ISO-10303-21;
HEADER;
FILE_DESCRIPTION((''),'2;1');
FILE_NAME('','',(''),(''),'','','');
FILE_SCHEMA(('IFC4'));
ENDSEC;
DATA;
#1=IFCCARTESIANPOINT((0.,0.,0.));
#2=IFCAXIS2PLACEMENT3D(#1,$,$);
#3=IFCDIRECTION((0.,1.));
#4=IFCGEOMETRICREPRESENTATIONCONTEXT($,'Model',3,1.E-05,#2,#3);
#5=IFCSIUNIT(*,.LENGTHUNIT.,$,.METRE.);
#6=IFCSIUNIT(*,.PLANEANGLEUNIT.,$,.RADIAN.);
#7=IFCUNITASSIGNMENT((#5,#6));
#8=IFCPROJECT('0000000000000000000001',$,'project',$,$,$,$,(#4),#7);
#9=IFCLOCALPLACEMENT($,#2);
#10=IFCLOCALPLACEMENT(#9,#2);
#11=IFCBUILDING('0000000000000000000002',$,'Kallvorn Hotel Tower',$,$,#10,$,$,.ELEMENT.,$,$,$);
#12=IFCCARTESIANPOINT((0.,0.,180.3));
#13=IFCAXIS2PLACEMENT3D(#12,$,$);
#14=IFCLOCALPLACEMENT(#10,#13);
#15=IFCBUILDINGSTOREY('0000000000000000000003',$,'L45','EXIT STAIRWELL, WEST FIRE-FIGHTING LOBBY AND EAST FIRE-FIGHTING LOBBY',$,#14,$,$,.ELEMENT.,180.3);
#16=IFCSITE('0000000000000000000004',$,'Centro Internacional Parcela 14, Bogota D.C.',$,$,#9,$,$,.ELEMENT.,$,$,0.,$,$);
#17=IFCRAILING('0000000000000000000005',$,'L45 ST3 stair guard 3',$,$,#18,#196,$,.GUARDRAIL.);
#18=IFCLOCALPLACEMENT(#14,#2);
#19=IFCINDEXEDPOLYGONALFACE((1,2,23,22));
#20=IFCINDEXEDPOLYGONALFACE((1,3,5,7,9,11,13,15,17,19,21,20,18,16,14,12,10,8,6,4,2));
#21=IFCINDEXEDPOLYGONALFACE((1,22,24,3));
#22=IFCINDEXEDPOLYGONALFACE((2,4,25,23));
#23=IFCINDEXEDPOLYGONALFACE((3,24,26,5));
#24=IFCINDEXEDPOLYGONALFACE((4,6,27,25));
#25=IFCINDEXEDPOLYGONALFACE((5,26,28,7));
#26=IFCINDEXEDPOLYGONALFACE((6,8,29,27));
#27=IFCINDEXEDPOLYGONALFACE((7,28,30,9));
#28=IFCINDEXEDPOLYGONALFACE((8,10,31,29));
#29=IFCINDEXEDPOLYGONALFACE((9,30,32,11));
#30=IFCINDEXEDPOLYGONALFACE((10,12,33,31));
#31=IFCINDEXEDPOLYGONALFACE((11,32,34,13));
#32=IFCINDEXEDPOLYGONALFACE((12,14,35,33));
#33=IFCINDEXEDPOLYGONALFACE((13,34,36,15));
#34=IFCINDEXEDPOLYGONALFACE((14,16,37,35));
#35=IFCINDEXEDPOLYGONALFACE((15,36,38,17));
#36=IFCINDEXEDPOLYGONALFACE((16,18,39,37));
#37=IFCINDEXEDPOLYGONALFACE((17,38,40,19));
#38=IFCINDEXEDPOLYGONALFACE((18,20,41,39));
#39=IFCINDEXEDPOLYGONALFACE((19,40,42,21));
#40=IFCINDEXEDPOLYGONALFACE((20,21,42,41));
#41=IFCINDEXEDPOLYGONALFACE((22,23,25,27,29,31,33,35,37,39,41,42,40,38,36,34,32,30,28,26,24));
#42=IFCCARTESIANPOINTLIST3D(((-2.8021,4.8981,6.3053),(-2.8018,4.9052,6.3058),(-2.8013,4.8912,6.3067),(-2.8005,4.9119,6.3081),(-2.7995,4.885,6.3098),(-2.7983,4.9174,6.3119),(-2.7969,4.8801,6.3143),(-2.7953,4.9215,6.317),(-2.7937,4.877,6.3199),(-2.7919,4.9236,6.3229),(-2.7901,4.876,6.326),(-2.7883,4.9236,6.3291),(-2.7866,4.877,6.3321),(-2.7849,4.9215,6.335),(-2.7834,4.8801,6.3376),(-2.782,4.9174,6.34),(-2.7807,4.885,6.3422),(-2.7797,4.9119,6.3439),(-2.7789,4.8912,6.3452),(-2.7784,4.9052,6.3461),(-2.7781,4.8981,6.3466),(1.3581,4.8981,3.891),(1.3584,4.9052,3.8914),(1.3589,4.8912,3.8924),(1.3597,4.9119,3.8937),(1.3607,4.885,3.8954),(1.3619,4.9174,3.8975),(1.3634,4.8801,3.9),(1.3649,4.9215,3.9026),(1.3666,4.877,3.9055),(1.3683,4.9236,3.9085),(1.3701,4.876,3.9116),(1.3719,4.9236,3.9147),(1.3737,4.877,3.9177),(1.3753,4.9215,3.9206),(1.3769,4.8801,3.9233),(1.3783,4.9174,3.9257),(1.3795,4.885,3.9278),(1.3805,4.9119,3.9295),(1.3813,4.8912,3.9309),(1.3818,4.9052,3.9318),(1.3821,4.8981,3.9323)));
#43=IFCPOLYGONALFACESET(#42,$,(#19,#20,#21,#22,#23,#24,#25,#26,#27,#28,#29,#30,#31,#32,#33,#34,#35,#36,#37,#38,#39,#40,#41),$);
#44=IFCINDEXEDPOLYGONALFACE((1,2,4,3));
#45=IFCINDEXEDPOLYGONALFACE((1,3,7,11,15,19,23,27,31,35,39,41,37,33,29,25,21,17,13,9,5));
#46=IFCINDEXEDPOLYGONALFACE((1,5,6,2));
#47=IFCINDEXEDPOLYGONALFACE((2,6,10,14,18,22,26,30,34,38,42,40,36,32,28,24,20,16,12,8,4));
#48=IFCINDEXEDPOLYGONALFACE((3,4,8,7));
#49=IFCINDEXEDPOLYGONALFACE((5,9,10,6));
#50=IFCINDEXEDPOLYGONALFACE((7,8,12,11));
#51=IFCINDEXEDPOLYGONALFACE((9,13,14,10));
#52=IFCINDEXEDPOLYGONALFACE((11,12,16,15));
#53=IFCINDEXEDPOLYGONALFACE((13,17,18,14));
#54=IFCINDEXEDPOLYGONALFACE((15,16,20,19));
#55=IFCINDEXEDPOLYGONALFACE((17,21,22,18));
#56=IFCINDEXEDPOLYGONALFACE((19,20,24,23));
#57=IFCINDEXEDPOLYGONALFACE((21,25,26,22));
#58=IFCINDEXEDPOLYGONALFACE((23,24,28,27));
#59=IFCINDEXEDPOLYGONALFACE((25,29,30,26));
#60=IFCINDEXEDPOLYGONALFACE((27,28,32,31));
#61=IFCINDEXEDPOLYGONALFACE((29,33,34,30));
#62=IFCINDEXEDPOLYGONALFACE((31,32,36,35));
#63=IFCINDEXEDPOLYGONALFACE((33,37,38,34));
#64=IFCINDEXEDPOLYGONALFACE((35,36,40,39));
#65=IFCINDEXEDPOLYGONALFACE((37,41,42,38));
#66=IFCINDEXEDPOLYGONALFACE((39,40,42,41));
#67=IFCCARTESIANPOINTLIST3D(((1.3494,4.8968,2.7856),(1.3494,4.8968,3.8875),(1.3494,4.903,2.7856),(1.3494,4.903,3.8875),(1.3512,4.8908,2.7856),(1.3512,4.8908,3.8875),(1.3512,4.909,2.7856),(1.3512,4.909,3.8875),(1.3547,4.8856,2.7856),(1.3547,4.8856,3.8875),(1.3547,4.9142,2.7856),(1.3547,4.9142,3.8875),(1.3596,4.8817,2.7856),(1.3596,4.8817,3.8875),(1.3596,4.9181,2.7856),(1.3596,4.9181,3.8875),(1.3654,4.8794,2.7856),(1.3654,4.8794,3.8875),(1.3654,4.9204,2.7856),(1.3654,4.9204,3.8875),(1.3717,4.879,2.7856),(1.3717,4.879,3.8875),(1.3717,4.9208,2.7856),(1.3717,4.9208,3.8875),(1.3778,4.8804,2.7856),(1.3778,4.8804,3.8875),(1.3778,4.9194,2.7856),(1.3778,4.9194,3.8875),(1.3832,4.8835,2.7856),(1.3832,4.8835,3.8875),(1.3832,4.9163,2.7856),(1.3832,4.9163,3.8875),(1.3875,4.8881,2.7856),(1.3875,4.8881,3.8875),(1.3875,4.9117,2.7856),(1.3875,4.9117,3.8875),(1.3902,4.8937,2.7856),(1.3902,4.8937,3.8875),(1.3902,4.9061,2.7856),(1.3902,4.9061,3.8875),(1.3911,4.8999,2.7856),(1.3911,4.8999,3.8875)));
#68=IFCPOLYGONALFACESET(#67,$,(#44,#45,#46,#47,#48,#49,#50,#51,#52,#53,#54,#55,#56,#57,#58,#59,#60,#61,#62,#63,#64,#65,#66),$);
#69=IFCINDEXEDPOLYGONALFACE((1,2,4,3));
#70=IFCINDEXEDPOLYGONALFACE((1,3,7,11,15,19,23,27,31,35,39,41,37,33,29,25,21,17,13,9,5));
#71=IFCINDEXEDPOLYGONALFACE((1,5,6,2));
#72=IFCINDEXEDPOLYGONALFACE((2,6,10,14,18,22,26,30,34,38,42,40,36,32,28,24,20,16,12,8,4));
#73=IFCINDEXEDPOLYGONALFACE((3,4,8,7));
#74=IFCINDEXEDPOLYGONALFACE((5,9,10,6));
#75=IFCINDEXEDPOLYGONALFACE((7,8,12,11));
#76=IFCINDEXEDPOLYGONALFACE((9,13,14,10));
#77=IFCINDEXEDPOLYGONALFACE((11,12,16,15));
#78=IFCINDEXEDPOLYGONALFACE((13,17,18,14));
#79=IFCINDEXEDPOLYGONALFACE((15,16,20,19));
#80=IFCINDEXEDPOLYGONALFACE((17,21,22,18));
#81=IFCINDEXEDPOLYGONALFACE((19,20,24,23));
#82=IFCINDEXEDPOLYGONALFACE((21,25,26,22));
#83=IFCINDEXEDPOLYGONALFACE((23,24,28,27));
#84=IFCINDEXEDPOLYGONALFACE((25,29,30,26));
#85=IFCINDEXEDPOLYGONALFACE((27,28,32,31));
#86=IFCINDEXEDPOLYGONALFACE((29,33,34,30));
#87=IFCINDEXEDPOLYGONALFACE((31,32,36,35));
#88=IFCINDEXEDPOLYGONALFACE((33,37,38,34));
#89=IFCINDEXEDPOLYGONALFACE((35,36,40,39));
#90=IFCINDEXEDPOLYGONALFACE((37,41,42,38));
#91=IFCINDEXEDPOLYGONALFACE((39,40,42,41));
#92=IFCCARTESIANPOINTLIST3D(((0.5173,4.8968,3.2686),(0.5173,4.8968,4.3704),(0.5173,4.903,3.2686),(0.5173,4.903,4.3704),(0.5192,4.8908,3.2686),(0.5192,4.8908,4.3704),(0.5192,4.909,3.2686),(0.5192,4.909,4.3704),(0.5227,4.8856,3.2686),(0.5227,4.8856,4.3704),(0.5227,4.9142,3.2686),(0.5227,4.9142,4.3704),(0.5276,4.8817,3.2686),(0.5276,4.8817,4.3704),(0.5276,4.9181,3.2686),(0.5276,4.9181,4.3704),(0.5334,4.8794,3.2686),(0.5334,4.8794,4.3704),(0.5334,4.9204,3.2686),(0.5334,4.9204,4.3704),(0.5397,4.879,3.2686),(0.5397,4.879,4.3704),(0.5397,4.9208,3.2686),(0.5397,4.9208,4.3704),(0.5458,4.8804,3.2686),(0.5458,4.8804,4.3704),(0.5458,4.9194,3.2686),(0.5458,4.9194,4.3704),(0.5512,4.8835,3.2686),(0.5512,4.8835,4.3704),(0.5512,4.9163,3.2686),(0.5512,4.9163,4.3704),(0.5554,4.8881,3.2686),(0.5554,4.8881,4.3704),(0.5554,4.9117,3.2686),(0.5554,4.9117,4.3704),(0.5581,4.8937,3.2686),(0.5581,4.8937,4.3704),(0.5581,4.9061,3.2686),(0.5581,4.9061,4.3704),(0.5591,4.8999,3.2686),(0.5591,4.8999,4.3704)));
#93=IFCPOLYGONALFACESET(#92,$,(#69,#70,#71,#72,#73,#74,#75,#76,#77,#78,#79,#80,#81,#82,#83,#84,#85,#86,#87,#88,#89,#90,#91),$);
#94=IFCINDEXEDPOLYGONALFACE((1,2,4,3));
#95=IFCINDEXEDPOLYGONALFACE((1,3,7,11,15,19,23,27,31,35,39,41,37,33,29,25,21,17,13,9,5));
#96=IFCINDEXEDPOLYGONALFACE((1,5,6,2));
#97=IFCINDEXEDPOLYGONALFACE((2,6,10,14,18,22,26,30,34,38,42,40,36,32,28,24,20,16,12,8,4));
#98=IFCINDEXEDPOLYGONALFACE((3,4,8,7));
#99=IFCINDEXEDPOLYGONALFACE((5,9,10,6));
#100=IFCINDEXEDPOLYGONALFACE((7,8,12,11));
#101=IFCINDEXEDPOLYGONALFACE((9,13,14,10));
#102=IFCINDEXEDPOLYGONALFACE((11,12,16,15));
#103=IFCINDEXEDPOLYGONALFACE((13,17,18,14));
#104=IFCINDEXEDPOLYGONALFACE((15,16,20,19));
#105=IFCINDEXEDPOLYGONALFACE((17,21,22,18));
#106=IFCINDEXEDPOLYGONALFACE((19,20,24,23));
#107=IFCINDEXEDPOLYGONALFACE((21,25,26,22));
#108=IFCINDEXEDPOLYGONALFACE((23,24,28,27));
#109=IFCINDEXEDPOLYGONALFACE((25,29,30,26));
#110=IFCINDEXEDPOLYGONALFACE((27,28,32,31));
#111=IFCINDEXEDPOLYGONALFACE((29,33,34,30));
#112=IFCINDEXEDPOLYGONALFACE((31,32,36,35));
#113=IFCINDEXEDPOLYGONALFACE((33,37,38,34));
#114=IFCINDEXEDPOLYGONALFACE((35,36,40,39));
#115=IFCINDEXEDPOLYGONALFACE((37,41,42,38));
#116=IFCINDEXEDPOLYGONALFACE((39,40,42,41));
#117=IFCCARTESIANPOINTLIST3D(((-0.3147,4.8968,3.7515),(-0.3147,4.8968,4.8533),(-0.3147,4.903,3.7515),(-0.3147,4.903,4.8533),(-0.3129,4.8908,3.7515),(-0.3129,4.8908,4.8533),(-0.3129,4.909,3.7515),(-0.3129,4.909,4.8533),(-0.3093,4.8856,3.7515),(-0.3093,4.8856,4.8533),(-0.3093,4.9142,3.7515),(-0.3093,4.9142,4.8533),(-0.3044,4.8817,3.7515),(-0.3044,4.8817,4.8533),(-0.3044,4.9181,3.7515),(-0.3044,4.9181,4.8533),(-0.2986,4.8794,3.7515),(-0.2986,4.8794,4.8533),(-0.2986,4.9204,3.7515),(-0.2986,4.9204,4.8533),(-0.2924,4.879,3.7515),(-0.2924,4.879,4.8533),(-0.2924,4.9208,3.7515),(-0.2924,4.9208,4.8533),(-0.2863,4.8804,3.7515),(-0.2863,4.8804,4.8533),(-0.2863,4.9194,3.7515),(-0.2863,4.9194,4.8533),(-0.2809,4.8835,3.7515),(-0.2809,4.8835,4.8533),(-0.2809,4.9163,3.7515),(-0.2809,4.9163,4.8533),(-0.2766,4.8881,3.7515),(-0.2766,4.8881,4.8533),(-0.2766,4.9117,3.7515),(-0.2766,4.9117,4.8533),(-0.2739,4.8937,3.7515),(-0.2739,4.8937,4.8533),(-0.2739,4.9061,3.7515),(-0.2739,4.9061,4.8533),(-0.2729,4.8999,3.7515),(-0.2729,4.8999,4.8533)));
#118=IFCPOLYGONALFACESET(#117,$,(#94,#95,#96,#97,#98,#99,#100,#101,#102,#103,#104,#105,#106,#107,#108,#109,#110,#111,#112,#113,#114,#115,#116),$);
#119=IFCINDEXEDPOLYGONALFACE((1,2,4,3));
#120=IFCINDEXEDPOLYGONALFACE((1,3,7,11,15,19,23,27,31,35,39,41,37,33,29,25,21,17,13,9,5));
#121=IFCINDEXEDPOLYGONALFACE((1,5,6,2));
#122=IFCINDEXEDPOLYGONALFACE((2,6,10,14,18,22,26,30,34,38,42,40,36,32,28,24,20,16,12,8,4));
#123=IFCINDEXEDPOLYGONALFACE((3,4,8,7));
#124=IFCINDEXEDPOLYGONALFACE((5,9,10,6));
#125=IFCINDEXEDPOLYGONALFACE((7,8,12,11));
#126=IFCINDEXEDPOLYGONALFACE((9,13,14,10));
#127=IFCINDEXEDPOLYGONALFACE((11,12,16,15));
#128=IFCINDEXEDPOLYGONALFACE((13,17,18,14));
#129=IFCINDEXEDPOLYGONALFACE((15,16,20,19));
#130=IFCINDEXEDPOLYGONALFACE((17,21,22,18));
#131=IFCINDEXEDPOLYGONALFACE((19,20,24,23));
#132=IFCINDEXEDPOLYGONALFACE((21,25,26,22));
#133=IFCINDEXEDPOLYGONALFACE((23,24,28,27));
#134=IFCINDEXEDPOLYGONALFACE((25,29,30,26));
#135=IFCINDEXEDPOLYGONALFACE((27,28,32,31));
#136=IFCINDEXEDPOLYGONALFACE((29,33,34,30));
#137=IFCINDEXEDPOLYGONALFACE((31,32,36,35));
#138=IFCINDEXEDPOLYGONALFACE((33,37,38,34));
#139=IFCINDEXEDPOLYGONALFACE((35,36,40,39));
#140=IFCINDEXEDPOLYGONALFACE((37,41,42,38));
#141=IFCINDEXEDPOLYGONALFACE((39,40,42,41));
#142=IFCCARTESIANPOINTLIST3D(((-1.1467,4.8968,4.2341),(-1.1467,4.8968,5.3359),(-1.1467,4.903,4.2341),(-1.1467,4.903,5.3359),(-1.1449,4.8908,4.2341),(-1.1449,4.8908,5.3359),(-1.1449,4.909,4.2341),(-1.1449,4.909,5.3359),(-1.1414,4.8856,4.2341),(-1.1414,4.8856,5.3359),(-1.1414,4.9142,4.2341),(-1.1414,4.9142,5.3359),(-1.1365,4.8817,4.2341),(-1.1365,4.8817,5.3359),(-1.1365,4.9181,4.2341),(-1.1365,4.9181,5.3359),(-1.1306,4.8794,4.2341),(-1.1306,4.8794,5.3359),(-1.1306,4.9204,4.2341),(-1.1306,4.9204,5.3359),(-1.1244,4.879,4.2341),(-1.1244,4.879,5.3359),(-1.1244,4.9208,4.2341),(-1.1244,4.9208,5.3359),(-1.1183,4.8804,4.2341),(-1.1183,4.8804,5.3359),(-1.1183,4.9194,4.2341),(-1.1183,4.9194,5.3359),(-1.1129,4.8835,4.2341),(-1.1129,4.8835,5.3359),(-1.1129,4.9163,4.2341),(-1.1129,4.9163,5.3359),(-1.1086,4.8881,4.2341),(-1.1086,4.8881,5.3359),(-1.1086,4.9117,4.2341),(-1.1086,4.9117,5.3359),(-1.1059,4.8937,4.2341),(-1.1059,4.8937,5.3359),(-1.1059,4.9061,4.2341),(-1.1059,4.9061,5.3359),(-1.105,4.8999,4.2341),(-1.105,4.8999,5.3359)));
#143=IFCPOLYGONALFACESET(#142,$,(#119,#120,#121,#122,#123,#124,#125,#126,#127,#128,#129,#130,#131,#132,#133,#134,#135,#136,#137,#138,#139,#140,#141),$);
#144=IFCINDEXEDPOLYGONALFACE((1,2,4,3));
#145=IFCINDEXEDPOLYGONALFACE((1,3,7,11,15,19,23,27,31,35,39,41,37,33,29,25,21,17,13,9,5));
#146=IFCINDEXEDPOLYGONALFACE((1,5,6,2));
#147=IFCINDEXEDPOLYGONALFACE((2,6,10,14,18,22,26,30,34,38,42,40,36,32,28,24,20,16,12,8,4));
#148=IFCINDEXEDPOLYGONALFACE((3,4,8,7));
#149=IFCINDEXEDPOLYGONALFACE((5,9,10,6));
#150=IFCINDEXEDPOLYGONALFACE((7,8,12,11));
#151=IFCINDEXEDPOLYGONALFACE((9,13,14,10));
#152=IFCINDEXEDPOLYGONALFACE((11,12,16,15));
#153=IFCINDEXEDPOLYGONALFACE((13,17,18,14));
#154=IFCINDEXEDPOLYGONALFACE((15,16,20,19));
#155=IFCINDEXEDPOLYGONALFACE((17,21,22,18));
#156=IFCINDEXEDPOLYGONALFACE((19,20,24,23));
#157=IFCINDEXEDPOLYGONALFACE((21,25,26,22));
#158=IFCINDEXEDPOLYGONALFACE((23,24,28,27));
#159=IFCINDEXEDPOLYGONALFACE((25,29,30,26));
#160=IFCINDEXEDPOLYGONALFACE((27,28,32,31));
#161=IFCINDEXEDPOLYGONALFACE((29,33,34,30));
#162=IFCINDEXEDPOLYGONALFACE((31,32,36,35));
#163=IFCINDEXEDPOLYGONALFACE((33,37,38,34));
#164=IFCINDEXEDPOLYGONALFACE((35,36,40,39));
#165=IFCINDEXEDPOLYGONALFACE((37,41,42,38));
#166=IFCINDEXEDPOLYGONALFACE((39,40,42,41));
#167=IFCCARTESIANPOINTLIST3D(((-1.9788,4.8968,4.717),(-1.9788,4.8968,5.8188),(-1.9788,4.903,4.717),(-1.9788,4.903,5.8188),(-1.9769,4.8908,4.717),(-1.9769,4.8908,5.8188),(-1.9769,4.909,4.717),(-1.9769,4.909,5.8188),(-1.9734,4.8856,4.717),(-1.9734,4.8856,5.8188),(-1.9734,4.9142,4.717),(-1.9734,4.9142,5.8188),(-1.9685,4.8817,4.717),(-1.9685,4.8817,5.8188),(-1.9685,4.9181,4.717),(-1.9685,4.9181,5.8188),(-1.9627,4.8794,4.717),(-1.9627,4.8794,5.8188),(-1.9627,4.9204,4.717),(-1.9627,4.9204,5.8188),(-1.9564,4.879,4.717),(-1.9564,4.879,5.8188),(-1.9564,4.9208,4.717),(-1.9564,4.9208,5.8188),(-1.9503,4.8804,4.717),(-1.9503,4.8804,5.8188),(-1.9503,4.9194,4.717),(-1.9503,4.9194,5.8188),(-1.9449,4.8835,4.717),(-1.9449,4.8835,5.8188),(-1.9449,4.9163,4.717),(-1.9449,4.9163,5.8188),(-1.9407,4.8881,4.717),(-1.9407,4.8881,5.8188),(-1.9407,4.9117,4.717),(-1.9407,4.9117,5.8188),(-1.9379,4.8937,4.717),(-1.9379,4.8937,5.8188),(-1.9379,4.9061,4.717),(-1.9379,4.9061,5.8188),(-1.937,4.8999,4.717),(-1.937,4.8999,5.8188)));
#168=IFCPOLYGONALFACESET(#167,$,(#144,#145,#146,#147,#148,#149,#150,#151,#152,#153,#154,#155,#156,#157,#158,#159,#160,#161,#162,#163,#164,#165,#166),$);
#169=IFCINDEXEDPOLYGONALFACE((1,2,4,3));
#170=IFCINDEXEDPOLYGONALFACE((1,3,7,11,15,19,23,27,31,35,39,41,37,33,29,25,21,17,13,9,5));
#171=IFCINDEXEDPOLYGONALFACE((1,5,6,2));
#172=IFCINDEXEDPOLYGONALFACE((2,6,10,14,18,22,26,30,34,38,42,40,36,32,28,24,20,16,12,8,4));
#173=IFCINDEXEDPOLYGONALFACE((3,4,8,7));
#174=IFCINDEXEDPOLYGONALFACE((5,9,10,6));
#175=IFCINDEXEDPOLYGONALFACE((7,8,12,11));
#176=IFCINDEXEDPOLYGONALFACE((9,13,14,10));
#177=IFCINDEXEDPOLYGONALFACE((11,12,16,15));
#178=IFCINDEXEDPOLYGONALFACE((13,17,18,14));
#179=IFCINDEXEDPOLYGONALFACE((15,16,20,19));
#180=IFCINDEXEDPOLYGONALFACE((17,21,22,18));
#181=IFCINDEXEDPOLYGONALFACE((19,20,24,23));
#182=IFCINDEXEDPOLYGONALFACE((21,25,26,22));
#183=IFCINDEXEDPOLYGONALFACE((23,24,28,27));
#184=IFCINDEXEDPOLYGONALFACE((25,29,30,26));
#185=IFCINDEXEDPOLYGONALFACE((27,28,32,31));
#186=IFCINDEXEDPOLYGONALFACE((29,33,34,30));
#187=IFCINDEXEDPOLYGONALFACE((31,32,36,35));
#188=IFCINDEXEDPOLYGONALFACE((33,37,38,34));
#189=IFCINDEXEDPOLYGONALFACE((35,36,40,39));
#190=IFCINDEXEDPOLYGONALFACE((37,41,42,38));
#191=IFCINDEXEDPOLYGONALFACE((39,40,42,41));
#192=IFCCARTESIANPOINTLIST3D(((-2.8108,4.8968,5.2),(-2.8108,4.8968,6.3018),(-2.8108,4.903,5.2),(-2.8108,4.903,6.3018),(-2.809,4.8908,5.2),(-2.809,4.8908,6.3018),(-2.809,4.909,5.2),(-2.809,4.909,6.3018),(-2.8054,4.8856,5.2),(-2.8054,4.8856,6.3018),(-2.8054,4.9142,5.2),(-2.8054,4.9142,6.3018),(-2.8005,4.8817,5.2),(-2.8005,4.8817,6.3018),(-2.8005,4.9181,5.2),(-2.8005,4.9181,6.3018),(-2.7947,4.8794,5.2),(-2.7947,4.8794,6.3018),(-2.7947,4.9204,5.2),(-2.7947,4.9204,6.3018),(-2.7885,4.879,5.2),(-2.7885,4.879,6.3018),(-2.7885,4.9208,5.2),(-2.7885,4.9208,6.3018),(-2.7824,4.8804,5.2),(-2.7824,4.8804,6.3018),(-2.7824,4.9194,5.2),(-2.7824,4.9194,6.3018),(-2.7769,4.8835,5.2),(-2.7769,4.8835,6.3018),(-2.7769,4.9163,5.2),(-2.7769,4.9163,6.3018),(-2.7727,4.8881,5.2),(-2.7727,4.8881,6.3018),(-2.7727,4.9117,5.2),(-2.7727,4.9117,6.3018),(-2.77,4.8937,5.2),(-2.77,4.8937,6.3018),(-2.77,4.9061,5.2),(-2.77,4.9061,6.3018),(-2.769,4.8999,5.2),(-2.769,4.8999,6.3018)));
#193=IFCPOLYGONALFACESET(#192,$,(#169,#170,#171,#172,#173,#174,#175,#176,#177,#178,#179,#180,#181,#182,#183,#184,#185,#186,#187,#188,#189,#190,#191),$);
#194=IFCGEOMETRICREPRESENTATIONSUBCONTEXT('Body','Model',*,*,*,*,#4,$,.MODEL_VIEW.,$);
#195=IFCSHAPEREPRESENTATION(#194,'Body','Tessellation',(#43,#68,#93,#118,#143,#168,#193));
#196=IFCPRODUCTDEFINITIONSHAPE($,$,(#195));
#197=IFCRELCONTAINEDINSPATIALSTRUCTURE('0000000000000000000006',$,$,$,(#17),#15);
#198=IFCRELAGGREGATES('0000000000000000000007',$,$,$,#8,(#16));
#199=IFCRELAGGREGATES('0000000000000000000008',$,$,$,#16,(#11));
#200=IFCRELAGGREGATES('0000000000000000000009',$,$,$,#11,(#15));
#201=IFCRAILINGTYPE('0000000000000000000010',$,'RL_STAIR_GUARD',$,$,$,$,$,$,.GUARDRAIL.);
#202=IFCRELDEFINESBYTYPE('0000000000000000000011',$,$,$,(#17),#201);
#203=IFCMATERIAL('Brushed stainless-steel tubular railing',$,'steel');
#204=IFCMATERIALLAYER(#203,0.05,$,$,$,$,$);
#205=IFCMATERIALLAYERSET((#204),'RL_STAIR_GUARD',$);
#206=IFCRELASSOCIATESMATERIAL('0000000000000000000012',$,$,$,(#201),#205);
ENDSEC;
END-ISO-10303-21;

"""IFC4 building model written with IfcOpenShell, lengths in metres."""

from ifc_helpers import new_model, si_unit, direction, frame, origin, origin_2d, place, context, subcontext, project, spatial, circle, extrude, material, layer, layer_set, type_object, element, save


model = new_model("IFC4")

# Units and contexts
model_context = context("Model", 3, precision=1e-05, world=origin(), true_north=direction((0.0, 1.0)))
body_context = subcontext(model_context, "Body", "Model", "MODEL_VIEW")
ifc_project = project(units=[si_unit("LENGTHUNIT", "METRE"), si_unit("PLANEANGLEUNIT", "RADIAN")], contexts=[model_context])

# Site, building, storey
site_placement = place(None, origin())
site = spatial("IfcSite", under=ifc_project, at=site_placement, Name="Centro Internacional Parcela 14, Bogota D.C.", CompositionType="ELEMENT", RefElevation=0.0)
building_placement = place(site_placement, origin())
building = spatial("IfcBuilding", under=site, at=building_placement, Name="Kallvorn Hotel Tower", CompositionType="ELEMENT")
storey_placement = place(building_placement, frame((0.0, 0.0, 180.3)))
storey = spatial("IfcBuildingStorey", under=building, at=storey_placement, Name="L45", Description="EXIT STAIRWELL, WEST FIRE-FIGHTING LOBBY AND EAST FIRE-FIGHTING LOBBY", CompositionType="ELEMENT", Elevation=180.3)

# Railing
ifc_material_1 = material(Name="Brushed stainless-steel tubular railing", Category="steel")
ifc_layer_1 = layer(ifc_material_1, 0.05)
ifc_layer_set_1 = layer_set([ifc_layer_1], Name="RL_STAIR_GUARD")
railing_type_1 = type_object("IfcRailingType", Name="RL_STAIR_GUARD", PredefinedType="GUARDRAIL", material=ifc_layer_set_1)
railing_1_placement = place(storey_placement, frame((1.3701, 4.8999, 2.7856)))
element("IfcRailing", 1, at=railing_1_placement, inside=storey, type_object=railing_type_1, Name="L45 ST3 stair guard 3", PredefinedType="GUARDRAIL", context=body_context, shape_type="SweptSolid", body=[
    extrude(circle(Radius=0.0239, at=origin_2d()), frame((0.0, 0.0, 1.126), z_axis=(-0.864903, 0.0, 0.501938), x_axis=(0.0, -1.0, 0.0)), (0.0, 0.0, 1.0), 4.8101),
    extrude(circle(Radius=0.021, at=origin_2d()), origin(), (0.0, 0.0, 1.0), 1.1018),
    extrude(circle(Radius=0.021, at=origin_2d()), frame((-0.832, 0.0, 0.4829)), (0.0, 0.0, 1.0), 1.1018),
    extrude(circle(Radius=0.021, at=origin_2d()), frame((-1.6641, 0.0, 0.9658)), (0.0, 0.0, 1.0), 1.1018),
    extrude(circle(Radius=0.021, at=origin_2d()), frame((-2.4961, 0.0, 1.4485)), (0.0, 0.0, 1.0), 1.1018),
    extrude(circle(Radius=0.021, at=origin_2d()), frame((-3.3281, 0.0, 1.9314)), (0.0, 0.0, 1.0), 1.1018),
    extrude(circle(Radius=0.021, at=origin_2d()), frame((-4.1602, 0.0, 2.4143)), (0.0, 0.0, 1.0), 1.1018),
])

save(model, "model.ifc")
